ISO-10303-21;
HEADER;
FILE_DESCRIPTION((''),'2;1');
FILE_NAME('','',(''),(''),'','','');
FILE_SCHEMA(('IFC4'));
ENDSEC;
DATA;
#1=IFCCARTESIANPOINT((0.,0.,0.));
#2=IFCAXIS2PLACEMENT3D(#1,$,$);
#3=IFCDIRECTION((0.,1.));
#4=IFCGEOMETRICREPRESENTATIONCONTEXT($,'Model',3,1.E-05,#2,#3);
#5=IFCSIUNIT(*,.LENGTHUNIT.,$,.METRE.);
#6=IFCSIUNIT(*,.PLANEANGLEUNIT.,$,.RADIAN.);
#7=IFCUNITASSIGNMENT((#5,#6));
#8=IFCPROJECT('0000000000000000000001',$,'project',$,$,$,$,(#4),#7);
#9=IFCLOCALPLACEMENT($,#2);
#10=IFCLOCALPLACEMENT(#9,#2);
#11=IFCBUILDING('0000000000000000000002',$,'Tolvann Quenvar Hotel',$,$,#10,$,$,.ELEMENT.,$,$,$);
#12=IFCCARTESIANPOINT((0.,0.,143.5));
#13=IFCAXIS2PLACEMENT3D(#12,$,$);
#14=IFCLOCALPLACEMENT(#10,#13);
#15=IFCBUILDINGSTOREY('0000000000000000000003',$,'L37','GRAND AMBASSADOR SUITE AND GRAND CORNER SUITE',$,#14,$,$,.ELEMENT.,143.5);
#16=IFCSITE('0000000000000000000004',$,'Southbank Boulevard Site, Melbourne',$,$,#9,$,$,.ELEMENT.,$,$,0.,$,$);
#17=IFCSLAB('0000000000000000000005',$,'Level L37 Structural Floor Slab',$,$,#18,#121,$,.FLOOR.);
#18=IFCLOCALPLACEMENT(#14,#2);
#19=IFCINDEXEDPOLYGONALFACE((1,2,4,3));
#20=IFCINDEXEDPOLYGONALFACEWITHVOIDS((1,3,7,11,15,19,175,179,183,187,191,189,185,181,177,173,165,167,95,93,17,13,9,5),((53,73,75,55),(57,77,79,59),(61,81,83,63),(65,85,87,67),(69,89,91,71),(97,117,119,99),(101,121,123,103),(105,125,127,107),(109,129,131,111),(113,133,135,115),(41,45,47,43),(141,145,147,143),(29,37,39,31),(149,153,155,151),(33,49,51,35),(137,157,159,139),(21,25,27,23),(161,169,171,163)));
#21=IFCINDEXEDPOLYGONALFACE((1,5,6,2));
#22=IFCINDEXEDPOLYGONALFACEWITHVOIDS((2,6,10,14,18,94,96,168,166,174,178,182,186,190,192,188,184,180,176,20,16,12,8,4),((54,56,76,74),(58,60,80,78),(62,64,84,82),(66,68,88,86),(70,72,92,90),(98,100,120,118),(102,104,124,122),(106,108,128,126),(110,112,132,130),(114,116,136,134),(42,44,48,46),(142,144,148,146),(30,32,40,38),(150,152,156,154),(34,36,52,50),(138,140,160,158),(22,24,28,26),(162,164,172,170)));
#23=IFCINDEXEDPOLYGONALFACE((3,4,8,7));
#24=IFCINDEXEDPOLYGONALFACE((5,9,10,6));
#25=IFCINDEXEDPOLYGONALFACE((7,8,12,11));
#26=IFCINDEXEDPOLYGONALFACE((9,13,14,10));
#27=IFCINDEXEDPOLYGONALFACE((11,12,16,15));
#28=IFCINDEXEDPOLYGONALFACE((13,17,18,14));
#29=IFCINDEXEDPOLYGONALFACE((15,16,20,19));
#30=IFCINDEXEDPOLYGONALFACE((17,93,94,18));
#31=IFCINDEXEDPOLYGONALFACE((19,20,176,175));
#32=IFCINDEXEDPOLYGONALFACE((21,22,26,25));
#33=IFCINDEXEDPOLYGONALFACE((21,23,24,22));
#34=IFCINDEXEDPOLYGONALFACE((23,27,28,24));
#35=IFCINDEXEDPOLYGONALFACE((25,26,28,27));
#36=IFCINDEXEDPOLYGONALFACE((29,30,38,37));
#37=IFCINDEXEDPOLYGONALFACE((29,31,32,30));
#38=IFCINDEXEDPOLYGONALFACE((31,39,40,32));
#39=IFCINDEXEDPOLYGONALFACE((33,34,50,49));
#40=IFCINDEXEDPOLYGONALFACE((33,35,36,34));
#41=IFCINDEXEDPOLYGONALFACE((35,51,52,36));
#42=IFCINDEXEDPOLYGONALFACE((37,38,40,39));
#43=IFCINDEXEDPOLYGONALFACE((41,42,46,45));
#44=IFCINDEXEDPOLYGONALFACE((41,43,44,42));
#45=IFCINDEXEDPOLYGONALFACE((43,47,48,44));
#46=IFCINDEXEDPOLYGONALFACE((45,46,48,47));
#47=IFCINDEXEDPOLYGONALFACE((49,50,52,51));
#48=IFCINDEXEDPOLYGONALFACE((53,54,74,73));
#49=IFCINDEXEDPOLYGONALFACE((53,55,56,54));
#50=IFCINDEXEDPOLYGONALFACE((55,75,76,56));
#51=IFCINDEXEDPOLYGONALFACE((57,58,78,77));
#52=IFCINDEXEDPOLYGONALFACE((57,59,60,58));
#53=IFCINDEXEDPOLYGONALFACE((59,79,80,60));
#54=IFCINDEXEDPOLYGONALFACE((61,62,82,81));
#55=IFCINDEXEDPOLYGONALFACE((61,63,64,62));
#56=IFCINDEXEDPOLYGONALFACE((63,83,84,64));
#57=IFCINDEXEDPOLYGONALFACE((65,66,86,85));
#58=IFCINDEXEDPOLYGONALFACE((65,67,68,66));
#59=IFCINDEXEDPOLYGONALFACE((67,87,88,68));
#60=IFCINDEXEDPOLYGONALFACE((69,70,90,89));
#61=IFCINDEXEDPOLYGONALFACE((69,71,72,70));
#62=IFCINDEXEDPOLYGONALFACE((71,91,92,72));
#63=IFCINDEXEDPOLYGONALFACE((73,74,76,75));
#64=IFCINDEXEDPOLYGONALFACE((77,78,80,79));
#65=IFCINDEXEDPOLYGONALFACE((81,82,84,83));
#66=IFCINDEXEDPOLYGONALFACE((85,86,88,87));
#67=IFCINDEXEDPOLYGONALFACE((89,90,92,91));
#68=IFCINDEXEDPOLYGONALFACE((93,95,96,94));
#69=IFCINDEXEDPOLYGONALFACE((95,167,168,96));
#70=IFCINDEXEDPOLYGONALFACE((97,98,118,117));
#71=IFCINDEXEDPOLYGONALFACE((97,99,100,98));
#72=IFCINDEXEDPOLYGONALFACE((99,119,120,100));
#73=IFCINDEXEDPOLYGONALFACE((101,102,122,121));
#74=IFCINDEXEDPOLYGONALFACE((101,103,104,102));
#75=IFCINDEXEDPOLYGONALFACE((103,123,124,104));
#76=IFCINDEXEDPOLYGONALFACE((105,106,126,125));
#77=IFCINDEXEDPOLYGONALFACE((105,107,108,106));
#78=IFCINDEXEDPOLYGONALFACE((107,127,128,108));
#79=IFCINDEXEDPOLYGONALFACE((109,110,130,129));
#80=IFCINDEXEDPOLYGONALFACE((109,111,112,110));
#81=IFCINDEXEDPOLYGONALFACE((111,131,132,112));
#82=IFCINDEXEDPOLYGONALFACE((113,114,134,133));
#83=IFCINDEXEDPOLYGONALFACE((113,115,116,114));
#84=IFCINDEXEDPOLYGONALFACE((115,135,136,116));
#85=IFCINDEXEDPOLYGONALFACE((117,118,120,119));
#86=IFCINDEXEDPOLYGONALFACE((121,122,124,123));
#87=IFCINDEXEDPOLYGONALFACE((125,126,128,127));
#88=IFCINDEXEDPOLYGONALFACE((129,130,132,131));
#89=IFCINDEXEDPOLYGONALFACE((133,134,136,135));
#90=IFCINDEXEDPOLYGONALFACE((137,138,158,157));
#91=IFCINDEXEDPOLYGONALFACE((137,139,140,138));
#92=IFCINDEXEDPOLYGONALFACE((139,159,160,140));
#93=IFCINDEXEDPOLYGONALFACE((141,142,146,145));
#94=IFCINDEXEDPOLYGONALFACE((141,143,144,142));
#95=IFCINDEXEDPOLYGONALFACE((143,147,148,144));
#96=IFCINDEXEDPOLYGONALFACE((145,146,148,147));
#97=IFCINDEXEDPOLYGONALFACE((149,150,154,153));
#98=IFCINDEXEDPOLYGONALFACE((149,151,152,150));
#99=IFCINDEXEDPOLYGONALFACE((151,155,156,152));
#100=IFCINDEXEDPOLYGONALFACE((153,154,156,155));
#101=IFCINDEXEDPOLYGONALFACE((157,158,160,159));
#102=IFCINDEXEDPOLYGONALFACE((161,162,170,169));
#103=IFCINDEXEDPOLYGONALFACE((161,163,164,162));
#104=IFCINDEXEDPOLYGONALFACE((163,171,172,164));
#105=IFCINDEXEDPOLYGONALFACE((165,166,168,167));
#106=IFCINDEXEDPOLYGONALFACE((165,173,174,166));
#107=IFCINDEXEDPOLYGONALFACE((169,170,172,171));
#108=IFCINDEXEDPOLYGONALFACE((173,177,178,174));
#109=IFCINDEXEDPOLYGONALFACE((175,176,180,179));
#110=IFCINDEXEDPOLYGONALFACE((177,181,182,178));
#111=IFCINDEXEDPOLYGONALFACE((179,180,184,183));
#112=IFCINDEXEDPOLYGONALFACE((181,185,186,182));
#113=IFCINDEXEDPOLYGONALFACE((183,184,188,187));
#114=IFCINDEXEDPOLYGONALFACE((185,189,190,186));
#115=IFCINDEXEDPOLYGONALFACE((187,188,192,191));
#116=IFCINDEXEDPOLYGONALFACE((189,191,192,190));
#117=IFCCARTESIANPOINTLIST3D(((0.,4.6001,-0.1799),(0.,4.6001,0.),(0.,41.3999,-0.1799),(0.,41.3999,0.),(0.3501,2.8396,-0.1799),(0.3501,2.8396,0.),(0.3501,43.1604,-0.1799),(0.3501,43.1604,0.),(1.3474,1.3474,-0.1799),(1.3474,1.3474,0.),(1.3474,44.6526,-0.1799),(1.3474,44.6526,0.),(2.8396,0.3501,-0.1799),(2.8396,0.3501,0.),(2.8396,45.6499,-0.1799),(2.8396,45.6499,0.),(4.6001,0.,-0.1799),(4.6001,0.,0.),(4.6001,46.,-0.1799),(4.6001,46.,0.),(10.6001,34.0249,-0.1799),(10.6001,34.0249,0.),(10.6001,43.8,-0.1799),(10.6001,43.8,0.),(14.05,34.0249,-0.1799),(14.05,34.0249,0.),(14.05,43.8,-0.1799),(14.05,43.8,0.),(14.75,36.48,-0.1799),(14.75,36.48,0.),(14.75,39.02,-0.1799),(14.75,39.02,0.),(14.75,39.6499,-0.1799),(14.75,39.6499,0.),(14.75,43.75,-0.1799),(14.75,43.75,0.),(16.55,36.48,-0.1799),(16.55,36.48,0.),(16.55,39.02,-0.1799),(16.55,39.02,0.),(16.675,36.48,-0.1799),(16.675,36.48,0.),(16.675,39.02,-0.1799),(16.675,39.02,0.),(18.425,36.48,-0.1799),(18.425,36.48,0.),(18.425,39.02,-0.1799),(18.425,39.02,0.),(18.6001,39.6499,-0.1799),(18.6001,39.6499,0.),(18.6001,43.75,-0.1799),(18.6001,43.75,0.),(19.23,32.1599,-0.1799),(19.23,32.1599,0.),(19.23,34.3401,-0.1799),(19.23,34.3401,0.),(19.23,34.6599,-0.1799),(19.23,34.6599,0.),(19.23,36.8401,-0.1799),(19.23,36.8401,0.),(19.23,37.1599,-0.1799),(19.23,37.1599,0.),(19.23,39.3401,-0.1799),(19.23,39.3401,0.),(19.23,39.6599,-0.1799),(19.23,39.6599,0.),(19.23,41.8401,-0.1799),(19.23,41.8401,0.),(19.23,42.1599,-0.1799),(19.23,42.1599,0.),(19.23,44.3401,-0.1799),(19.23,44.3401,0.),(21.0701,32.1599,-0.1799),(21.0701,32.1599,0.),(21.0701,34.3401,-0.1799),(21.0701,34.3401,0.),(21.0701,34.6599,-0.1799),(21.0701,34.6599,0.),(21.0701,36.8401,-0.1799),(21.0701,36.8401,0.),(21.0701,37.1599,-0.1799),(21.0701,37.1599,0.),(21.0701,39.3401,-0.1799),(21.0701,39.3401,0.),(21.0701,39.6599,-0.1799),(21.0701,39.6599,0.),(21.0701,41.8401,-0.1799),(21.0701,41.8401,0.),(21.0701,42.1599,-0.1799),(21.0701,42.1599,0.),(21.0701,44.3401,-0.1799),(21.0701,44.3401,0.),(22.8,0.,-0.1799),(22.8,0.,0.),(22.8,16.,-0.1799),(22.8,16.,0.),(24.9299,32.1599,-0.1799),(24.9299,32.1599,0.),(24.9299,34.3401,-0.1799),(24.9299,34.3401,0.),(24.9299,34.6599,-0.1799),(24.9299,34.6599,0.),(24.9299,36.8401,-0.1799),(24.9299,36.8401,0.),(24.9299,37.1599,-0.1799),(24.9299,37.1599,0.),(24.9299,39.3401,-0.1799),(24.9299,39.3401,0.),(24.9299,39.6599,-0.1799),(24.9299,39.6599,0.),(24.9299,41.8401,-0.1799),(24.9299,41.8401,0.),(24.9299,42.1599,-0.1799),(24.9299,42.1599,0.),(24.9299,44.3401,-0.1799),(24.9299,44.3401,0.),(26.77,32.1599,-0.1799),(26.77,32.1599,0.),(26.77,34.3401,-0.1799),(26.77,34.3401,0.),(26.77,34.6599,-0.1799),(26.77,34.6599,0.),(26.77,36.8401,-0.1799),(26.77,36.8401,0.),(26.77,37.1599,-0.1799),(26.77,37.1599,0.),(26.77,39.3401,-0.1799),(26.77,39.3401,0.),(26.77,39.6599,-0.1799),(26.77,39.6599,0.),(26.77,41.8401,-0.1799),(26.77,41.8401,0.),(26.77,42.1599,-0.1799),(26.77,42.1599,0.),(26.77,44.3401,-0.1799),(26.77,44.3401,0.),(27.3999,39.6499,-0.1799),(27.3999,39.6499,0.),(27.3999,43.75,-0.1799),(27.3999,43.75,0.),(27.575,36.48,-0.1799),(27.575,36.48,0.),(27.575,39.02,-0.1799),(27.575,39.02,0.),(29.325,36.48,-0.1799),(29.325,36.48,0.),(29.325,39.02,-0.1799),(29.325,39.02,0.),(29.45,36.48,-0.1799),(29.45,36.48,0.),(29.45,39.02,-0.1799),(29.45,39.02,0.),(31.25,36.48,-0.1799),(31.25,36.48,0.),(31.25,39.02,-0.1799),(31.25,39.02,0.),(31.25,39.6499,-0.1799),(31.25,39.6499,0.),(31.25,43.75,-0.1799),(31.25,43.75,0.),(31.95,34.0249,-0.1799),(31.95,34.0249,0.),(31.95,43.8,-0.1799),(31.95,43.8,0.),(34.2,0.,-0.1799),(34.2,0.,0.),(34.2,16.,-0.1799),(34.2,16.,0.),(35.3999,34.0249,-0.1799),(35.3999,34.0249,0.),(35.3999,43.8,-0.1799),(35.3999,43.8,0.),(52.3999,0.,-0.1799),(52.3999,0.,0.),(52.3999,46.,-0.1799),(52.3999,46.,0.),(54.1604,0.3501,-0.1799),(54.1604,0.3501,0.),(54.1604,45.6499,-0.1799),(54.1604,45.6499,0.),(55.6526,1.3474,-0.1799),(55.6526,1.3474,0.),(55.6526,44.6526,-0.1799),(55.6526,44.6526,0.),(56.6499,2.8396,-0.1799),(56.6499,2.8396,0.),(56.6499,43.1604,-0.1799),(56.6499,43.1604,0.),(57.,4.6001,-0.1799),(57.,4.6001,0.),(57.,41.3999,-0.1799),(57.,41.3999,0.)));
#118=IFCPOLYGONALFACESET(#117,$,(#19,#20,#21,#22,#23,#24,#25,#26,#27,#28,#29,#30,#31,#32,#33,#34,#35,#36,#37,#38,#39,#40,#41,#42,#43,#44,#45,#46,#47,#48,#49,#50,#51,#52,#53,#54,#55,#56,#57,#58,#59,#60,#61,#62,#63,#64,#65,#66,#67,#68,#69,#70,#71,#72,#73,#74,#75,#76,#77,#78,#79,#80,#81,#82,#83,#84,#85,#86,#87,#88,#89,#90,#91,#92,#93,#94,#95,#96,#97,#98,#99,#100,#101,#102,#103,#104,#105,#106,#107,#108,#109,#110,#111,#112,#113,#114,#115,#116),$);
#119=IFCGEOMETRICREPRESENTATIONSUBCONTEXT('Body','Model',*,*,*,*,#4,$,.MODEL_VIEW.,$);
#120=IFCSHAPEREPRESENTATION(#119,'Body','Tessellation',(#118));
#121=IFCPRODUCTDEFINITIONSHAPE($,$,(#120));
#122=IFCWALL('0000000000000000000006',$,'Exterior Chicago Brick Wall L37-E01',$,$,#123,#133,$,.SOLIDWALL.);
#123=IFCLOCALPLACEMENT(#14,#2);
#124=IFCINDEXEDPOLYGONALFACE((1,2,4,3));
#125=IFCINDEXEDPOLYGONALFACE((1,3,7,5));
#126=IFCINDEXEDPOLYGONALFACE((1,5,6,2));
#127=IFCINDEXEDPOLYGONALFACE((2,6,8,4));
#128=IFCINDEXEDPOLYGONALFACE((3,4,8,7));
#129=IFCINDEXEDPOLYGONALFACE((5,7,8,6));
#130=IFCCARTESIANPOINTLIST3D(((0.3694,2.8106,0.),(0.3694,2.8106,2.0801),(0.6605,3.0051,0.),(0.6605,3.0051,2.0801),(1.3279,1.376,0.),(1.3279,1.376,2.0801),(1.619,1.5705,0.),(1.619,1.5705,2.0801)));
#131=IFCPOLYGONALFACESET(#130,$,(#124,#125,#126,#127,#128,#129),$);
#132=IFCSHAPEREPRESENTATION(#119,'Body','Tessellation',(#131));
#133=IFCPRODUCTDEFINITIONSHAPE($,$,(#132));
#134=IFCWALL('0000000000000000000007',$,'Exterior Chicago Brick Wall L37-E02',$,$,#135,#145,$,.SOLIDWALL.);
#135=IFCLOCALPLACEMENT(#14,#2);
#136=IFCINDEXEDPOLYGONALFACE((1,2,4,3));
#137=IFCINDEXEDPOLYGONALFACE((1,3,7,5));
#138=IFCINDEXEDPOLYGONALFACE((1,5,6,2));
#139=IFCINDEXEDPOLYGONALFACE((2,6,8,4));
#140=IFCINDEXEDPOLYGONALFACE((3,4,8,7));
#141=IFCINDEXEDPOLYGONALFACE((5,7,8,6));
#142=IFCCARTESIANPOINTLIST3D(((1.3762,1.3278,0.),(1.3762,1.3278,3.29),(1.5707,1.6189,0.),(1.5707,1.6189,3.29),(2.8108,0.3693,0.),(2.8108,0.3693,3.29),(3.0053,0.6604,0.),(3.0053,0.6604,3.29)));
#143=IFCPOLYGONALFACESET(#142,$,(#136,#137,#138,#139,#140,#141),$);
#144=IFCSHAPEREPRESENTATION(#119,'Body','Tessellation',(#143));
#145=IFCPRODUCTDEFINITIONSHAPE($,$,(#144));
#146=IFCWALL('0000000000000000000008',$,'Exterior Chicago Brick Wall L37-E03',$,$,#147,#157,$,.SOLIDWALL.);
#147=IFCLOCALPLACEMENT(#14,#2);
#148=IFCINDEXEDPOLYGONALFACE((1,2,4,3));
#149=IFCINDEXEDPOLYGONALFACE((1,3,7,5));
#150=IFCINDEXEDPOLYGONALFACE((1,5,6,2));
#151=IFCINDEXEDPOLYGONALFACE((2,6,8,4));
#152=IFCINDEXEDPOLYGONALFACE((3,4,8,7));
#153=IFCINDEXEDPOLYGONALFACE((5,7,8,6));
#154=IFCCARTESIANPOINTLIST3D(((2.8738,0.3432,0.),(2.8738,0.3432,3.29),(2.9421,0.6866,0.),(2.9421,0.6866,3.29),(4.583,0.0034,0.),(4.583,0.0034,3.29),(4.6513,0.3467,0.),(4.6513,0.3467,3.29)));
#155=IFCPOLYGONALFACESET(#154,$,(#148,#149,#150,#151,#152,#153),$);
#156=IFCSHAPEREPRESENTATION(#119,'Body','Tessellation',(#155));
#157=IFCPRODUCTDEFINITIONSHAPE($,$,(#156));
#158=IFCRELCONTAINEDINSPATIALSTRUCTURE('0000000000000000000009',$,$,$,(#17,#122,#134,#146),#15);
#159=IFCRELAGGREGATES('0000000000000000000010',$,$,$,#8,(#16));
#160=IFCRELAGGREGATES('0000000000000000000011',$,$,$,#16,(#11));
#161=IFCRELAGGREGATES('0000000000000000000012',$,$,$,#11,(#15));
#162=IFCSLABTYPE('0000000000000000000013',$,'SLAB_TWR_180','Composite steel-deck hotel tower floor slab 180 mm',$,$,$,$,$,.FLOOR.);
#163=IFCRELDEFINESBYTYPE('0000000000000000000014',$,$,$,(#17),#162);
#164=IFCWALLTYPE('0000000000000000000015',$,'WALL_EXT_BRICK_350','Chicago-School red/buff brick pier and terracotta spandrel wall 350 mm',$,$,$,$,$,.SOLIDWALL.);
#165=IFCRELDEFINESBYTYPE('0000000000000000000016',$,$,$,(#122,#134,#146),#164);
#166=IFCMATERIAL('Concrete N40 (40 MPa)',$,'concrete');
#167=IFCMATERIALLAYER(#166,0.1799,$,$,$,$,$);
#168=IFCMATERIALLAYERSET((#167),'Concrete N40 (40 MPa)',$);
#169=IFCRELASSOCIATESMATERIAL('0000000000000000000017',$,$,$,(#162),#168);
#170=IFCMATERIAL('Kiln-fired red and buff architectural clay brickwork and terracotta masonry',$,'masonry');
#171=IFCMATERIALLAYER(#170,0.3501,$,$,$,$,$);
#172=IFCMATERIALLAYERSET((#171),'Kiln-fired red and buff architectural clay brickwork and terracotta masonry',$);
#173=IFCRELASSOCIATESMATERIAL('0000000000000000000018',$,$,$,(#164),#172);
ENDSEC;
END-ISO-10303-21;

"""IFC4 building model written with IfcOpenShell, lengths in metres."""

from ifc_helpers import new_model, si_unit, direction, frame, frame_2d, origin, place, context, subcontext, project, spatial, polyline, rectangle, outline, extrude, material, layer, layer_set, type_object, element, save


model = new_model("IFC4")

# Units and contexts
model_context = context("Model", 3, precision=1e-05, world=origin(), true_north=direction((0.0, 1.0)))
body_context = subcontext(model_context, "Body", "Model", "MODEL_VIEW")
ifc_project = project(units=[si_unit("LENGTHUNIT", "METRE"), si_unit("PLANEANGLEUNIT", "RADIAN")], contexts=[model_context])

# Site, building, storey
site_placement = place(None, origin())
site = spatial("IfcSite", under=ifc_project, at=site_placement, Name="Southbank Boulevard Site, Melbourne", CompositionType="ELEMENT", RefElevation=0.0)
building_placement = place(site_placement, origin())
building = spatial("IfcBuilding", under=site, at=building_placement, Name="Tolvann Quenvar Hotel", CompositionType="ELEMENT")
storey_placement = place(building_placement, frame((0.0, 0.0, 143.5)))
storey = spatial("IfcBuildingStorey", under=building, at=storey_placement, Name="L37", Description="GRAND AMBASSADOR SUITE AND GRAND CORNER SUITE", CompositionType="ELEMENT", Elevation=143.5)

# Shared definitions
ifc_material_1 = material(Name="Concrete N40 (40 MPa)", Category="concrete")

# Slab
ifc_layer_1 = layer(ifc_material_1, 0.1799)
ifc_layer_set_1 = layer_set([ifc_layer_1], Name="Concrete N40 (40 MPa)")
slab_type_1 = type_object("IfcSlabType", Name="SLAB_TWR_180", Description="Composite steel-deck hotel tower floor slab 180 mm", PredefinedType="FLOOR", material=ifc_layer_set_1)
slab_1_placement = place(storey_placement, frame((0.0, 0.0, -0.1799)))
element("IfcSlab", 1, at=slab_1_placement, inside=storey, type_object=slab_type_1, Name="Level L37 Structural Floor Slab", PredefinedType="FLOOR", context=body_context, shape_type="SweptSolid", body=[
    extrude(outline(polyline([(0.0, 4.6001), (0.3501, 2.8396), (1.3474, 1.3474), (2.8396, 0.3501), (4.6001, 0.0), (22.8, 0.0), (22.8, 16.0), (34.2, 16.0), (34.2, 0.0), (52.3999, 0.0), (54.1604, 0.3501), (55.6526, 1.3474), (56.6499, 2.8396), (57.0, 4.6001), (57.0, 41.3999), (56.6499, 43.1604), (55.6526, 44.6526), (54.1604, 45.6499), (52.3999, 46.0), (4.6001, 46.0), (2.8396, 45.6499), (1.3474, 44.6526), (0.3501, 43.1604), (0.0, 41.3999), (0.0, 4.6001)]), holes=[polyline([(31.95, 34.0249), (31.95, 43.8), (35.3999, 43.8), (35.3999, 34.0249), (31.95, 34.0249)]), polyline([(29.45, 39.02), (31.25, 39.02), (31.25, 36.48), (29.45, 36.48), (29.45, 39.02)]), polyline([(31.25, 43.75), (31.25, 39.6499), (27.3999, 39.6499), (27.3999, 43.75), (31.25, 43.75)]), polyline([(27.575, 39.02), (29.325, 39.02), (29.325, 36.48), (27.575, 36.48), (27.575, 39.02)]), polyline([(26.77, 44.3401), (26.77, 42.1599), (24.9299, 42.1599), (24.9299, 44.3401), (26.77, 44.3401)]), polyline([(24.9299, 41.8401), (26.77, 41.8401), (26.77, 39.6599), (24.9299, 39.6599), (24.9299, 41.8401)]), polyline([(24.9299, 39.3401), (26.77, 39.3401), (26.77, 37.1599), (24.9299, 37.1599), (24.9299, 39.3401)]), polyline([(24.9299, 36.8401), (26.77, 36.8401), (26.77, 34.6599), (24.9299, 34.6599), (24.9299, 36.8401)]), polyline([(24.9299, 34.3401), (26.77, 34.3401), (26.77, 32.1599), (24.9299, 32.1599), (24.9299, 34.3401)]), polyline([(21.0701, 44.3401), (21.0701, 42.1599), (19.23, 42.1599), (19.23, 44.3401), (21.0701, 44.3401)]), polyline([(19.23, 41.8401), (21.0701, 41.8401), (21.0701, 39.6599), (19.23, 39.6599), (19.23, 41.8401)]), polyline([(19.23, 39.3401), (21.0701, 39.3401), (21.0701, 37.1599), (19.23, 37.1599), (19.23, 39.3401)]), polyline([(19.23, 36.8401), (21.0701, 36.8401), (21.0701, 34.6599), (19.23, 34.6599), (19.23, 36.8401)]), polyline([(19.23, 34.3401), (21.0701, 34.3401), (21.0701, 32.1599), (19.23, 32.1599), (19.23, 34.3401)]), polyline([(18.6001, 43.75), (18.6001, 39.6499), (14.75, 39.6499), (14.75, 43.75), (18.6001, 43.75)]), polyline([(16.675, 39.02), (18.425, 39.02), (18.425, 36.48), (16.675, 36.48), (16.675, 39.02)]), polyline([(14.75, 39.02), (16.55, 39.02), (16.55, 36.48), (14.75, 36.48), (14.75, 39.02)]), polyline([(10.6001, 34.0249), (10.6001, 43.8), (14.05, 43.8), (14.05, 34.0249), (10.6001, 34.0249)])]), origin(), (0.0, 0.0, 1.0), 0.1799),
])

# Walls
ifc_material_2 = material(Name="Kiln-fired red and buff architectural clay brickwork and terracotta masonry", Category="masonry")
ifc_layer_2 = layer(ifc_material_2, 0.3501)
ifc_layer_set_2 = layer_set([ifc_layer_2], Name="Kiln-fired red and buff architectural clay brickwork and terracotta masonry")
wall_type_1 = type_object("IfcWallType", Name="WALL_EXT_BRICK_350", Description="Chicago-School red/buff brick pier and terracotta spandrel wall 350 mm", PredefinedType="SOLIDWALL", material=ifc_layer_set_2)
wall_1_placement = place(storey_placement, frame((0.5149, 2.908, 0.0), z_axis=(0.0, 0.0, 1.0), x_axis=(0.555549, -0.831484, 0.0)))
element("IfcWall", 2, at=wall_1_placement, inside=storey, type_object=wall_type_1, Name="Exterior Chicago Brick Wall L37-E01", PredefinedType="SOLIDWALL", context=body_context, shape_type="SweptSolid", body=[
    extrude(rectangle(XDim=1.7253, YDim=0.3501, at=frame_2d((0.8628, 0.0))), origin(), (0.0, 0.0, 1.0), 2.0801),
])
wall_2_placement = place(storey_placement, frame((1.4734, 1.4734, 0.0), z_axis=(0.0, 0.0, 1.0), x_axis=(0.831484, -0.555549, 0.0)))
element("IfcWall", 3, at=wall_2_placement, inside=storey, type_object=wall_type_1, Name="Exterior Chicago Brick Wall L37-E02", PredefinedType="SOLIDWALL", context=body_context, shape_type="SweptSolid", body=[
    extrude(rectangle(XDim=1.7253, YDim=0.3501, at=frame_2d((0.8628, 0.0))), origin(), (0.0, 0.0, 1.0), 3.29),
])
wall_3_placement = place(storey_placement, frame((2.908, 0.5149, 0.0), z_axis=(0.0, 0.0, 1.0), x_axis=(0.980801, -0.195011, 0.0)))
element("IfcWall", 4, at=wall_3_placement, inside=storey, type_object=wall_type_1, Name="Exterior Chicago Brick Wall L37-E03", PredefinedType="SOLIDWALL", context=body_context, shape_type="SweptSolid", body=[
    extrude(rectangle(XDim=1.7427, YDim=0.3501, at=frame_2d((0.8713, 0.0))), origin(), (0.0, 0.0, 1.0), 3.29),
])

save(model, "model.ifc")
